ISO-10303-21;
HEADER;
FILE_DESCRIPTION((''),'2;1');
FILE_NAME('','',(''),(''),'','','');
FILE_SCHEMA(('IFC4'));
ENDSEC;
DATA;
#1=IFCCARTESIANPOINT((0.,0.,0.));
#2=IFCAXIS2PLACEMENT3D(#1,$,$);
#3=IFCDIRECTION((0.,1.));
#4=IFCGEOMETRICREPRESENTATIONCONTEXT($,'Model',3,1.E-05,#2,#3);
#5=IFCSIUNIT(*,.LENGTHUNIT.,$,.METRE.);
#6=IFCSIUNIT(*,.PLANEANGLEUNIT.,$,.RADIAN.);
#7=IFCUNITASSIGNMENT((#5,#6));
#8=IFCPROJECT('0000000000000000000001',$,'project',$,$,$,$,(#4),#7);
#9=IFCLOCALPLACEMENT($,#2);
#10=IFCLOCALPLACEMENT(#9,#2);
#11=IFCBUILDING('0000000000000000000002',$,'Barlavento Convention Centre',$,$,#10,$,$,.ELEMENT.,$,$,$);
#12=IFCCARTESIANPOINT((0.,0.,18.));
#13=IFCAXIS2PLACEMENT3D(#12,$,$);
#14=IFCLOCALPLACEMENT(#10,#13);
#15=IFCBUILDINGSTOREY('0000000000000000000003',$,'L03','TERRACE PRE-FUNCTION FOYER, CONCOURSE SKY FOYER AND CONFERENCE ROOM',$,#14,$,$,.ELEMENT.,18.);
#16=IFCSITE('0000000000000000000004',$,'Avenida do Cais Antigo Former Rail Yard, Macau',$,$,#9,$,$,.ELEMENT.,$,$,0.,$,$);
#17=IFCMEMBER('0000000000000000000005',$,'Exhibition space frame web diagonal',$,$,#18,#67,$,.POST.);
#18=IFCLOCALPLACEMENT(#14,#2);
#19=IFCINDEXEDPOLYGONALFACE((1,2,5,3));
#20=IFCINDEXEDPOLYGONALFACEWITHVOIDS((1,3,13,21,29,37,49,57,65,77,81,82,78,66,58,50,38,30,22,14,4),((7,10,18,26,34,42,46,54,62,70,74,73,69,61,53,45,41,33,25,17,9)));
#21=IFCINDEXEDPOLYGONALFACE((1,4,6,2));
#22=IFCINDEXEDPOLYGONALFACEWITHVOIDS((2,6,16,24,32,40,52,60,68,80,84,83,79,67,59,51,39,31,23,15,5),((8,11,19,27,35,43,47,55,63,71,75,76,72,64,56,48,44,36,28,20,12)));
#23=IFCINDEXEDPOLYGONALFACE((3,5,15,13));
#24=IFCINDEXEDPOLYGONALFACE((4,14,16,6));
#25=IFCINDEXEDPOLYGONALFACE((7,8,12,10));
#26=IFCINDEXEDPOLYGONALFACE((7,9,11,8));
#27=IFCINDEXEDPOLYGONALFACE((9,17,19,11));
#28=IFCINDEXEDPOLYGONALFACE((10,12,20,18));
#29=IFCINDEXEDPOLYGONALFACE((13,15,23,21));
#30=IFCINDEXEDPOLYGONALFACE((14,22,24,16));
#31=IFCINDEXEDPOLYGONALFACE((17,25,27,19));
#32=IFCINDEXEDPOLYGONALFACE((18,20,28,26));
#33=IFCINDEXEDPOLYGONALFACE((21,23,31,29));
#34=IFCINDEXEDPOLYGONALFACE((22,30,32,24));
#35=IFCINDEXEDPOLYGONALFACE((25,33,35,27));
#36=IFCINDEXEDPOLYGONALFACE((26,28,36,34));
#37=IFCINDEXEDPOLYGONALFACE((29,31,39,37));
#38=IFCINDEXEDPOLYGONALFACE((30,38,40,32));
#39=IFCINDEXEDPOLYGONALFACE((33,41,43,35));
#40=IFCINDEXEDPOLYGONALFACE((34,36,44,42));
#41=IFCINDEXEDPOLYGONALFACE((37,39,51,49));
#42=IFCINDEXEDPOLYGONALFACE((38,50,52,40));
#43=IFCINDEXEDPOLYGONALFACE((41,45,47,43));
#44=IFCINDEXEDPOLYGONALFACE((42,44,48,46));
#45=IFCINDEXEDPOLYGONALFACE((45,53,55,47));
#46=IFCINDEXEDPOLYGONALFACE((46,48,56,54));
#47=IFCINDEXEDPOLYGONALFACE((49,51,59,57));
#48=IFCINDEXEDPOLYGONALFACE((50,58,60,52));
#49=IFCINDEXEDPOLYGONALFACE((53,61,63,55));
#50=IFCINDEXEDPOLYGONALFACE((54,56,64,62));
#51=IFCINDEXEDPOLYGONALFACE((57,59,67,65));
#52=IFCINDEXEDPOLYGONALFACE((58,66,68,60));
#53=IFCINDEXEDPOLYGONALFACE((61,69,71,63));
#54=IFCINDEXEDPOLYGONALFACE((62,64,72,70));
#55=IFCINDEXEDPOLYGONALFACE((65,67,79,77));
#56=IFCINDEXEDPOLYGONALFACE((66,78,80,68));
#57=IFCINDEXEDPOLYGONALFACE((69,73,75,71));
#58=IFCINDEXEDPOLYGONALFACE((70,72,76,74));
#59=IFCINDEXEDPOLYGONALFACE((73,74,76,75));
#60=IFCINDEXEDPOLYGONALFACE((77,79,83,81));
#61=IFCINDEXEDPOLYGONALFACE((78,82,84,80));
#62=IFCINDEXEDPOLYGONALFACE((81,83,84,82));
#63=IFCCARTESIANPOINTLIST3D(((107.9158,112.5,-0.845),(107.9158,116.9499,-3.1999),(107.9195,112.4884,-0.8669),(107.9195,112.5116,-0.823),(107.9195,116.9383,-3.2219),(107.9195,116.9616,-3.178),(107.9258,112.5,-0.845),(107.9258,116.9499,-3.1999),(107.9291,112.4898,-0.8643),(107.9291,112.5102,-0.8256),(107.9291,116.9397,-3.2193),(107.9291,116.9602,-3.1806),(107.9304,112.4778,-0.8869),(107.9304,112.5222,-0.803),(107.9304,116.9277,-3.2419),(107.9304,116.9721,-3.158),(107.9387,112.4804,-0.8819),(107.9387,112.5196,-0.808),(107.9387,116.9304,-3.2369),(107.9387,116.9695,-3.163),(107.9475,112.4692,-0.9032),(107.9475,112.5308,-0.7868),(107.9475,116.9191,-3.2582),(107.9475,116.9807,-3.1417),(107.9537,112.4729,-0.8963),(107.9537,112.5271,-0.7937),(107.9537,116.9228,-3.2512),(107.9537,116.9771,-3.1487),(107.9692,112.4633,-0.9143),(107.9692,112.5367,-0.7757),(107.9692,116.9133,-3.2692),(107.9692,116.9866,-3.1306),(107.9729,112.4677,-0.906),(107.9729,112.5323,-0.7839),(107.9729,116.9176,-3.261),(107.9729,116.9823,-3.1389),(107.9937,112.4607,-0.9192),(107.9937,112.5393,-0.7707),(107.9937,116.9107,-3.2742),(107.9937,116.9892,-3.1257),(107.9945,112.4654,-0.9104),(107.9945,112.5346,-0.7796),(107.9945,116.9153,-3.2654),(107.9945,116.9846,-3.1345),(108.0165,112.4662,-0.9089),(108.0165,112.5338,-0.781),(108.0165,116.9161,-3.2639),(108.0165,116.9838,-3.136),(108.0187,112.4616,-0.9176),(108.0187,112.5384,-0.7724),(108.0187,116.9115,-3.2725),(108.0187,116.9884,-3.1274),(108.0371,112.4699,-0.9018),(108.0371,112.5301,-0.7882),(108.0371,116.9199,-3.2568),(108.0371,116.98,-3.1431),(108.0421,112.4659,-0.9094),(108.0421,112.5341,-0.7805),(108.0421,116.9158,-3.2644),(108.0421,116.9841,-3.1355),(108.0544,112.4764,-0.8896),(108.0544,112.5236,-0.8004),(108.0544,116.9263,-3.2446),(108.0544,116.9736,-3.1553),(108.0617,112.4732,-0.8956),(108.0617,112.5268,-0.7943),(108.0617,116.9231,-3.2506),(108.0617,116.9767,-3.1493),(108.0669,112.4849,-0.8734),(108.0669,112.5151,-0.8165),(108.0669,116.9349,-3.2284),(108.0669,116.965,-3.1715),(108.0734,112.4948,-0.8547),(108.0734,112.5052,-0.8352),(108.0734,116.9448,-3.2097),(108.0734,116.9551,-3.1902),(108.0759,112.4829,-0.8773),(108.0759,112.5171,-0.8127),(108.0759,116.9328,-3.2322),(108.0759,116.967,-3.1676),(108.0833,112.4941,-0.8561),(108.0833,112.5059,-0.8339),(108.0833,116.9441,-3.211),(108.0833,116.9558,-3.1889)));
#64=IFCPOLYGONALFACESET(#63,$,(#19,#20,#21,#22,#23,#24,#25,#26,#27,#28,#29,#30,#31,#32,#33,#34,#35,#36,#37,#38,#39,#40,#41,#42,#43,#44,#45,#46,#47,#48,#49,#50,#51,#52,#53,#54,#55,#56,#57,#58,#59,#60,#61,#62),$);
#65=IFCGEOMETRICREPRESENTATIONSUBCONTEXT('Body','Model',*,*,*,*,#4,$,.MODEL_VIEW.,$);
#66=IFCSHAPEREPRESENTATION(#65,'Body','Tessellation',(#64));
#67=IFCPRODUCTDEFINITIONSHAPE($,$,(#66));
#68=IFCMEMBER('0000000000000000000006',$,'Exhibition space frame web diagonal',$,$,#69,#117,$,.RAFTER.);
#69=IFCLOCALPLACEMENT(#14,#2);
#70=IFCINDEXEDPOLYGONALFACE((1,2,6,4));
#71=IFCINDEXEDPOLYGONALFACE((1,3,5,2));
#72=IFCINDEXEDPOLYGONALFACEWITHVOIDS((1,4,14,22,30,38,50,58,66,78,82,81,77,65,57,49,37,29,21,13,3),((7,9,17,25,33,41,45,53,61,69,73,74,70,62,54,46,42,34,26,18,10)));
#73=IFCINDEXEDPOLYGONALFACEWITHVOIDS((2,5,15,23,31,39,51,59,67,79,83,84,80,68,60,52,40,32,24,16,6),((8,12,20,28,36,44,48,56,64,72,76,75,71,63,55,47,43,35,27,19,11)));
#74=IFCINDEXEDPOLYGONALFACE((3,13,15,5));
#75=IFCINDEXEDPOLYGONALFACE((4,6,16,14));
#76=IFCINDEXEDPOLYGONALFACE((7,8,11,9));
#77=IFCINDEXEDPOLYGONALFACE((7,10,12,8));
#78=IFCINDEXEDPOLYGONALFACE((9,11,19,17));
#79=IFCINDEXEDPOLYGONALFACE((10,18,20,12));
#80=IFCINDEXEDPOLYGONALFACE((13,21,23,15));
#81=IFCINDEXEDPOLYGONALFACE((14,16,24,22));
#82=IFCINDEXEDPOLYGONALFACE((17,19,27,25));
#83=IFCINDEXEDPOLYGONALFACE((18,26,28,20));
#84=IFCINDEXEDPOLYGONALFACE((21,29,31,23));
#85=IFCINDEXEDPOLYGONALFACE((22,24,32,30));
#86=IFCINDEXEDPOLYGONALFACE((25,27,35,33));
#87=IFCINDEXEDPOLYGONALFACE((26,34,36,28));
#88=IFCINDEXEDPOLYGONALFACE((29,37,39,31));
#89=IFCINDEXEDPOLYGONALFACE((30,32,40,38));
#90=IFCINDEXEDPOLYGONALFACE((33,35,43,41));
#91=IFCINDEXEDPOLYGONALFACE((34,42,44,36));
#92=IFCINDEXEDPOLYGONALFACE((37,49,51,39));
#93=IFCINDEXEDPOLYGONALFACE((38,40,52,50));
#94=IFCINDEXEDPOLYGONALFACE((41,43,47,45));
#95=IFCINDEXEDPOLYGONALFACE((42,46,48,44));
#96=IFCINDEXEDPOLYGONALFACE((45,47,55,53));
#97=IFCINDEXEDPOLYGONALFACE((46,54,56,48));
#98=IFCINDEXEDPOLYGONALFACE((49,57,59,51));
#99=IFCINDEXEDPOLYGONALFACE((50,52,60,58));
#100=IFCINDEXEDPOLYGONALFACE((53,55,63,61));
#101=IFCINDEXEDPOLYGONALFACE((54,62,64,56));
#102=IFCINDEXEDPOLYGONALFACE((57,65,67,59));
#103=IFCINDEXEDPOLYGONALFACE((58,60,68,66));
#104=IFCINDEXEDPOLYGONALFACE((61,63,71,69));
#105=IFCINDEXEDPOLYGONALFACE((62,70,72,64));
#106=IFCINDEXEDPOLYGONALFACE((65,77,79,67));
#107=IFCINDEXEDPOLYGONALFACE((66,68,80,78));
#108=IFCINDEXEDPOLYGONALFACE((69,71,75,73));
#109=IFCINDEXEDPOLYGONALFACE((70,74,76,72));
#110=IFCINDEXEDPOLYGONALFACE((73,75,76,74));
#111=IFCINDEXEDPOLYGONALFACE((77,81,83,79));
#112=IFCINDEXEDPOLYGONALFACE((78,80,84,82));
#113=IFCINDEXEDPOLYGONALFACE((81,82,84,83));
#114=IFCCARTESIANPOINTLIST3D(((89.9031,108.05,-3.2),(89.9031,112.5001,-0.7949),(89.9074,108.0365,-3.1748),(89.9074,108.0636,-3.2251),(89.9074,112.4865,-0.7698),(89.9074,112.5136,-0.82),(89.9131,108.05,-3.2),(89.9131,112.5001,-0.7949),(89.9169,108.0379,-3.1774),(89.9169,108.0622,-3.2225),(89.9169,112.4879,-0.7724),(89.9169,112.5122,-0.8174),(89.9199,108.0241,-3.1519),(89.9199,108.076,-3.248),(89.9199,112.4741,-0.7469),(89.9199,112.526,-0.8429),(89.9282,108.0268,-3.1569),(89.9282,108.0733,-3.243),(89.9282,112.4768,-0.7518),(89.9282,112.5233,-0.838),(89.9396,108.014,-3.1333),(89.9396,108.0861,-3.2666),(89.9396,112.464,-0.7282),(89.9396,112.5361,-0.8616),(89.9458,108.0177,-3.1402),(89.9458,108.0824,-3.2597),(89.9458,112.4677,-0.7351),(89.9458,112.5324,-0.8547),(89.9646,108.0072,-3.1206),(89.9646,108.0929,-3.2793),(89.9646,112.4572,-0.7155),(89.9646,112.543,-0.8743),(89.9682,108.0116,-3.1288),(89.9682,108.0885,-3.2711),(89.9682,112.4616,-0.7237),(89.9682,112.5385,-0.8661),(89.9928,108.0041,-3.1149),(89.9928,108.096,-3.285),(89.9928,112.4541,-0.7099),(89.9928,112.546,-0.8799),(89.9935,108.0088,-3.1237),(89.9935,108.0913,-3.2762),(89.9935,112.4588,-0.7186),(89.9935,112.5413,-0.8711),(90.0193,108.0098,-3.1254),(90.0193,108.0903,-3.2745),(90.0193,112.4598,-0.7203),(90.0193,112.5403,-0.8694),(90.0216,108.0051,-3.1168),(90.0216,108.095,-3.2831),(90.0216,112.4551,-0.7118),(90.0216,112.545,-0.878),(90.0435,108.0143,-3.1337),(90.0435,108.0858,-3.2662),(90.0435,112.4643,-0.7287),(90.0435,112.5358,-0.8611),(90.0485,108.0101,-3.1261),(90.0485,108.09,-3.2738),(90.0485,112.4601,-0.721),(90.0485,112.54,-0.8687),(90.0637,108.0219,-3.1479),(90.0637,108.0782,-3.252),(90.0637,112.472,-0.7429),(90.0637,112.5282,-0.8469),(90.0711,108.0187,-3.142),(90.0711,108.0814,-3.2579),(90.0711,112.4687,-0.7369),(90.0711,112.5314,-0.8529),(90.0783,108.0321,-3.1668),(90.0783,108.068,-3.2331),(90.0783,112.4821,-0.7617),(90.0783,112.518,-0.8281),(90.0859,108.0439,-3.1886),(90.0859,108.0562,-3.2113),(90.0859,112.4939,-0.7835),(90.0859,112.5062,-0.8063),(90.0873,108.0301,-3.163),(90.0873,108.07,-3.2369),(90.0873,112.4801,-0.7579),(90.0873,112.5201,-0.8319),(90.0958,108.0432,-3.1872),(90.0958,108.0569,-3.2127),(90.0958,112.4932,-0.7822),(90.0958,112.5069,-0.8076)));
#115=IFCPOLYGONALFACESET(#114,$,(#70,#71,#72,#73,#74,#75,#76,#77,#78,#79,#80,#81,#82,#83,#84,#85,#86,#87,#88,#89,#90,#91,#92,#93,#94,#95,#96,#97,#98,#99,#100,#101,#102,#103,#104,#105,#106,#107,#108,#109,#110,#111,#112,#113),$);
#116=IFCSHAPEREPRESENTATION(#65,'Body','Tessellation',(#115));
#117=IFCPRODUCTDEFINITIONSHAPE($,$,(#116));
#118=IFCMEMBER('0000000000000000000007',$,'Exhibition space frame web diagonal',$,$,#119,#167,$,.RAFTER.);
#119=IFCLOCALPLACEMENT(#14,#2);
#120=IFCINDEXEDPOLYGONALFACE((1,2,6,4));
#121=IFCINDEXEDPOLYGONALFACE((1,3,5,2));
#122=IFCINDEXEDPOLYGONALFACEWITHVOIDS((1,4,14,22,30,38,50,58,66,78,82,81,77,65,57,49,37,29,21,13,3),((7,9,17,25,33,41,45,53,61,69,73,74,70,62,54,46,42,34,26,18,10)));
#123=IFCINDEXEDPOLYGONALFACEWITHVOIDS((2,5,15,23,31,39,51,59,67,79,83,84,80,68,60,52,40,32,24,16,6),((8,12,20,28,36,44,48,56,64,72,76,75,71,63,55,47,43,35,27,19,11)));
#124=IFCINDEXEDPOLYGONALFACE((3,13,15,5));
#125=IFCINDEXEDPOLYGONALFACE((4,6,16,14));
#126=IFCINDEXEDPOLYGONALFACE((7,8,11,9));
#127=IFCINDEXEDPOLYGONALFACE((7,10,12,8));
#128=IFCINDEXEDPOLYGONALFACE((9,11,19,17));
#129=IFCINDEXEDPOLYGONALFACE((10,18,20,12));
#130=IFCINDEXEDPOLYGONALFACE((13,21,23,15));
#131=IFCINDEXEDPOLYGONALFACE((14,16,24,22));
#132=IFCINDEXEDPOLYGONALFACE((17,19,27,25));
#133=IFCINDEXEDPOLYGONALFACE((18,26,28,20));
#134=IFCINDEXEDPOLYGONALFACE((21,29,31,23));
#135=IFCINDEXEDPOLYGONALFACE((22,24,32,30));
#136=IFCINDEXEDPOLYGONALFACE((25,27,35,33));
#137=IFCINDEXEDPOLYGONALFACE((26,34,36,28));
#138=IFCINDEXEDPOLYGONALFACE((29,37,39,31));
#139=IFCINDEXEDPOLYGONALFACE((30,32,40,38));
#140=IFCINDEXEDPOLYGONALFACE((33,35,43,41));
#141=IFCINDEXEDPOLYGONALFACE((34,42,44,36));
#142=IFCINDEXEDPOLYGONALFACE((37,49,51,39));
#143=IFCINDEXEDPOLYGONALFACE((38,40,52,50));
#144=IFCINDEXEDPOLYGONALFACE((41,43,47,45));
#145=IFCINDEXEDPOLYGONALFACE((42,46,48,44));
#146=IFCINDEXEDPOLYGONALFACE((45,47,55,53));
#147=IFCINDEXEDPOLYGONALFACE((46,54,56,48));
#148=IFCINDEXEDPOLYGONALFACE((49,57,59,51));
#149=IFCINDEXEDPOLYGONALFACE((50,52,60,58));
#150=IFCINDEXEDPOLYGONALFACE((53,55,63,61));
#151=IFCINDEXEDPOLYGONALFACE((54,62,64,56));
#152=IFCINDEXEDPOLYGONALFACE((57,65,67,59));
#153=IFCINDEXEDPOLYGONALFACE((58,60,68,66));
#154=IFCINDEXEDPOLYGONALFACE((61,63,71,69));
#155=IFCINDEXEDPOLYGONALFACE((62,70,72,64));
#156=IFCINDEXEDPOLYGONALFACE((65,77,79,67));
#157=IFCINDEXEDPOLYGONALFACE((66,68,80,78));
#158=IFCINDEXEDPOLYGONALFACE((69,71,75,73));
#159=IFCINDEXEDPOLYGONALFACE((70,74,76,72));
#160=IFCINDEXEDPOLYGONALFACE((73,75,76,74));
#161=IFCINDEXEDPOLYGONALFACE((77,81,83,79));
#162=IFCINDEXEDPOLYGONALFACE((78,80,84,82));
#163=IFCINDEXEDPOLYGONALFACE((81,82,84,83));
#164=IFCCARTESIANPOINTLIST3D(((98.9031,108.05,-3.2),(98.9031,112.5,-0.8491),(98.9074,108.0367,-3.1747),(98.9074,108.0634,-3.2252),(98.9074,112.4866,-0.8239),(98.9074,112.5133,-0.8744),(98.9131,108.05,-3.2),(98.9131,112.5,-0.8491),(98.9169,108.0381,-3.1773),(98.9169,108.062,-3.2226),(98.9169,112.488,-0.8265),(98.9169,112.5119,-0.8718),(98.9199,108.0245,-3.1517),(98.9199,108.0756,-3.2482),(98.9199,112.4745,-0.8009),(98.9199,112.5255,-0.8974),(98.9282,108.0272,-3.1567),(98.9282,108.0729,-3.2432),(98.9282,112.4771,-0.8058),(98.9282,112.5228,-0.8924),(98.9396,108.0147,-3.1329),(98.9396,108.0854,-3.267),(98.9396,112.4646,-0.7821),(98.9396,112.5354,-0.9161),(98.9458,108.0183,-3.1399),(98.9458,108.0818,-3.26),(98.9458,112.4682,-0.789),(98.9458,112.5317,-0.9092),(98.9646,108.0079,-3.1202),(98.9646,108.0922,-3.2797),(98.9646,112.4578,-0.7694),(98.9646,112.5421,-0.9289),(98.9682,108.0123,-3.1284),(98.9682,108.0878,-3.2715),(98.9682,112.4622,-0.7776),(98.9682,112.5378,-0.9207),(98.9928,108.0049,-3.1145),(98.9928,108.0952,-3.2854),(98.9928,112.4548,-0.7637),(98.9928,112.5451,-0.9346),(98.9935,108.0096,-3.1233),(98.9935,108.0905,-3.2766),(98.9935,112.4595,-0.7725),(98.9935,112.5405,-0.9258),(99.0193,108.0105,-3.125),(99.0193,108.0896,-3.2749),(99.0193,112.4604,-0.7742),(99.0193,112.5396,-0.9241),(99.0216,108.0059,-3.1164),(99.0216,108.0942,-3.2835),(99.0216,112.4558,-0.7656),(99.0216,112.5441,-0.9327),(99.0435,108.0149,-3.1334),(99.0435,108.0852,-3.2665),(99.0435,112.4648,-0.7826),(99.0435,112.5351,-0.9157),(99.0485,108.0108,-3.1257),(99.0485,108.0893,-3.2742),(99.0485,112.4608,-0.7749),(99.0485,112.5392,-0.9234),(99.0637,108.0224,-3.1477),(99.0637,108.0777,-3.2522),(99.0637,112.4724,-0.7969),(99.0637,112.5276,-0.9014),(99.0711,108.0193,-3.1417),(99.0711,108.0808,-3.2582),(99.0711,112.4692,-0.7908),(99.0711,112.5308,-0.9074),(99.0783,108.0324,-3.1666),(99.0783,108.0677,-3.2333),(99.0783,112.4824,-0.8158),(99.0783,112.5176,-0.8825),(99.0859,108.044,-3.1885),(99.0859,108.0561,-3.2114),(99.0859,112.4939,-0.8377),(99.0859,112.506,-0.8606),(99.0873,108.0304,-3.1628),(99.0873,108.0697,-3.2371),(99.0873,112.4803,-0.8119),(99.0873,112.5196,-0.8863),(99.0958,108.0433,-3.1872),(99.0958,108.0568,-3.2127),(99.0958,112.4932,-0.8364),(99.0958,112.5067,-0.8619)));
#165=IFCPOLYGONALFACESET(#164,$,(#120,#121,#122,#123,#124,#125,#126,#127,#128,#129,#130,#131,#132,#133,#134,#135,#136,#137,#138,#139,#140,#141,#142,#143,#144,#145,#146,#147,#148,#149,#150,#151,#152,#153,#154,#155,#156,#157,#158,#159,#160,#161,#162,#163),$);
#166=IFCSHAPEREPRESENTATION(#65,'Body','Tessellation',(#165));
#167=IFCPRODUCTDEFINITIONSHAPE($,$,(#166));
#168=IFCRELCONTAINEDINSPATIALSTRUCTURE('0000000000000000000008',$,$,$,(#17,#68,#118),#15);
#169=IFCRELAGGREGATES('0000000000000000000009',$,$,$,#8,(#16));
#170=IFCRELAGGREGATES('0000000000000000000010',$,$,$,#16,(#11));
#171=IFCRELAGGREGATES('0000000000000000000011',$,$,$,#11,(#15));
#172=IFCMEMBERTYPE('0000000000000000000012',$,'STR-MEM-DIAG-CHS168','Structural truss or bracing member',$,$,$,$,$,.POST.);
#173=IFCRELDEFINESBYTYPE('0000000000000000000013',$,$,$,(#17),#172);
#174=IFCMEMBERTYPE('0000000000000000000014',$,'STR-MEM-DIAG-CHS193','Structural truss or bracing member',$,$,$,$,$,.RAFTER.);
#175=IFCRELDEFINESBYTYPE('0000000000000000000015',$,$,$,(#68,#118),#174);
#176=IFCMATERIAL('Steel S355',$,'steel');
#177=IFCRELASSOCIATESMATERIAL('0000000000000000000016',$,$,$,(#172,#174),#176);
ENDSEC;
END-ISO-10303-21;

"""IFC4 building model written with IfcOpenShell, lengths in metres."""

from ifc_helpers import new_model, si_unit, direction, frame, origin, origin_2d, place, context, subcontext, project, spatial, hollow_circle, extrude, material, material_profile, profile_set, type_object, element, save


model = new_model("IFC4")

# Units and contexts
model_context = context("Model", 3, precision=1e-05, world=origin(), true_north=direction((0.0, 1.0)))
body_context = subcontext(model_context, "Body", "Model", "MODEL_VIEW")
ifc_project = project(units=[si_unit("LENGTHUNIT", "METRE"), si_unit("PLANEANGLEUNIT", "RADIAN")], contexts=[model_context])

# Site, building, storey
site_placement = place(None, origin())
site = spatial("IfcSite", under=ifc_project, at=site_placement, Name="Avenida do Cais Antigo Former Rail Yard, Macau", CompositionType="ELEMENT", RefElevation=0.0)
building_placement = place(site_placement, origin())
building = spatial("IfcBuilding", under=site, at=building_placement, Name="Barlavento Convention Centre", CompositionType="ELEMENT")
storey_placement = place(building_placement, frame((0.0, 0.0, 18.0)))
storey = spatial("IfcBuildingStorey", under=building, at=storey_placement, Name="L03", Description="TERRACE PRE-FUNCTION FOYER, CONCOURSE SKY FOYER AND CONFERENCE ROOM", CompositionType="ELEMENT", Elevation=18.0)

# Shared definitions
ifc_material = material(Name="Steel S355", Category="steel")

# Members
ifc_material_profile_1 = material_profile(ifc_material, hollow_circle(Radius=0.0842, WallThickness=0.01, at=origin_2d()), Name="CHS 168.3x10.0")
ifc_profile_set_1 = profile_set([ifc_material_profile_1], Name="Steel S355")
member_type_1 = type_object("IfcMemberType", Name="STR-MEM-DIAG-CHS168", Description="Structural truss or bracing member", PredefinedType="POST", material=ifc_profile_set_1)
member_1_placement = place(storey_placement, frame((108.0, 112.5, -0.845), z_axis=(0.0, 0.88386, -0.467752), x_axis=(-1.0, 0.0, 0.0)))
element("IfcMember", 1, at=member_1_placement, inside=storey, type_object=member_type_1, Name="Exhibition space frame web diagonal", PredefinedType="POST", context=body_context, shape_type="SweptSolid", body=[
    extrude(hollow_circle(Radius=0.0842, WallThickness=0.01, at=origin_2d()), origin(), (0.0, 0.0, 1.0), 5.0347),
])
ifc_material_profile_2 = material_profile(ifc_material, hollow_circle(Radius=0.0969, WallThickness=0.01, at=origin_2d()), Name="CHS 193.7x10.0")
ifc_profile_set_2 = profile_set([ifc_material_profile_2], Name="Steel S355")
member_type_2 = type_object("IfcMemberType", Name="STR-MEM-DIAG-CHS193", Description="Structural truss or bracing member", PredefinedType="RAFTER", material=ifc_profile_set_2)
member_2_placement = place(storey_placement, frame((90.0, 108.05, -3.2), z_axis=(0.0, 0.879735, 0.475464), x_axis=(-1.0, 0.0, 0.0)))
element("IfcMember", 2, at=member_2_placement, inside=storey, type_object=member_type_2, Name="Exhibition space frame web diagonal", PredefinedType="RAFTER", context=body_context, shape_type="SweptSolid", body=[
    extrude(hollow_circle(Radius=0.0969, WallThickness=0.01, at=origin_2d()), origin(), (0.0, 0.0, 1.0), 5.0583),
])
member_3_placement = place(storey_placement, frame((99.0, 108.05, -3.2), z_axis=(0.0, 0.884201, 0.467107), x_axis=(-1.0, 0.0, 0.0)))
element("IfcMember", 3, at=member_3_placement, inside=storey, type_object=member_type_2, Name="Exhibition space frame web diagonal", PredefinedType="RAFTER", context=body_context, shape_type="SweptSolid", body=[
    extrude(hollow_circle(Radius=0.0969, WallThickness=0.01, at=origin_2d()), origin(), (0.0, 0.0, 1.0), 5.0327),
])

save(model, "model.ifc")
